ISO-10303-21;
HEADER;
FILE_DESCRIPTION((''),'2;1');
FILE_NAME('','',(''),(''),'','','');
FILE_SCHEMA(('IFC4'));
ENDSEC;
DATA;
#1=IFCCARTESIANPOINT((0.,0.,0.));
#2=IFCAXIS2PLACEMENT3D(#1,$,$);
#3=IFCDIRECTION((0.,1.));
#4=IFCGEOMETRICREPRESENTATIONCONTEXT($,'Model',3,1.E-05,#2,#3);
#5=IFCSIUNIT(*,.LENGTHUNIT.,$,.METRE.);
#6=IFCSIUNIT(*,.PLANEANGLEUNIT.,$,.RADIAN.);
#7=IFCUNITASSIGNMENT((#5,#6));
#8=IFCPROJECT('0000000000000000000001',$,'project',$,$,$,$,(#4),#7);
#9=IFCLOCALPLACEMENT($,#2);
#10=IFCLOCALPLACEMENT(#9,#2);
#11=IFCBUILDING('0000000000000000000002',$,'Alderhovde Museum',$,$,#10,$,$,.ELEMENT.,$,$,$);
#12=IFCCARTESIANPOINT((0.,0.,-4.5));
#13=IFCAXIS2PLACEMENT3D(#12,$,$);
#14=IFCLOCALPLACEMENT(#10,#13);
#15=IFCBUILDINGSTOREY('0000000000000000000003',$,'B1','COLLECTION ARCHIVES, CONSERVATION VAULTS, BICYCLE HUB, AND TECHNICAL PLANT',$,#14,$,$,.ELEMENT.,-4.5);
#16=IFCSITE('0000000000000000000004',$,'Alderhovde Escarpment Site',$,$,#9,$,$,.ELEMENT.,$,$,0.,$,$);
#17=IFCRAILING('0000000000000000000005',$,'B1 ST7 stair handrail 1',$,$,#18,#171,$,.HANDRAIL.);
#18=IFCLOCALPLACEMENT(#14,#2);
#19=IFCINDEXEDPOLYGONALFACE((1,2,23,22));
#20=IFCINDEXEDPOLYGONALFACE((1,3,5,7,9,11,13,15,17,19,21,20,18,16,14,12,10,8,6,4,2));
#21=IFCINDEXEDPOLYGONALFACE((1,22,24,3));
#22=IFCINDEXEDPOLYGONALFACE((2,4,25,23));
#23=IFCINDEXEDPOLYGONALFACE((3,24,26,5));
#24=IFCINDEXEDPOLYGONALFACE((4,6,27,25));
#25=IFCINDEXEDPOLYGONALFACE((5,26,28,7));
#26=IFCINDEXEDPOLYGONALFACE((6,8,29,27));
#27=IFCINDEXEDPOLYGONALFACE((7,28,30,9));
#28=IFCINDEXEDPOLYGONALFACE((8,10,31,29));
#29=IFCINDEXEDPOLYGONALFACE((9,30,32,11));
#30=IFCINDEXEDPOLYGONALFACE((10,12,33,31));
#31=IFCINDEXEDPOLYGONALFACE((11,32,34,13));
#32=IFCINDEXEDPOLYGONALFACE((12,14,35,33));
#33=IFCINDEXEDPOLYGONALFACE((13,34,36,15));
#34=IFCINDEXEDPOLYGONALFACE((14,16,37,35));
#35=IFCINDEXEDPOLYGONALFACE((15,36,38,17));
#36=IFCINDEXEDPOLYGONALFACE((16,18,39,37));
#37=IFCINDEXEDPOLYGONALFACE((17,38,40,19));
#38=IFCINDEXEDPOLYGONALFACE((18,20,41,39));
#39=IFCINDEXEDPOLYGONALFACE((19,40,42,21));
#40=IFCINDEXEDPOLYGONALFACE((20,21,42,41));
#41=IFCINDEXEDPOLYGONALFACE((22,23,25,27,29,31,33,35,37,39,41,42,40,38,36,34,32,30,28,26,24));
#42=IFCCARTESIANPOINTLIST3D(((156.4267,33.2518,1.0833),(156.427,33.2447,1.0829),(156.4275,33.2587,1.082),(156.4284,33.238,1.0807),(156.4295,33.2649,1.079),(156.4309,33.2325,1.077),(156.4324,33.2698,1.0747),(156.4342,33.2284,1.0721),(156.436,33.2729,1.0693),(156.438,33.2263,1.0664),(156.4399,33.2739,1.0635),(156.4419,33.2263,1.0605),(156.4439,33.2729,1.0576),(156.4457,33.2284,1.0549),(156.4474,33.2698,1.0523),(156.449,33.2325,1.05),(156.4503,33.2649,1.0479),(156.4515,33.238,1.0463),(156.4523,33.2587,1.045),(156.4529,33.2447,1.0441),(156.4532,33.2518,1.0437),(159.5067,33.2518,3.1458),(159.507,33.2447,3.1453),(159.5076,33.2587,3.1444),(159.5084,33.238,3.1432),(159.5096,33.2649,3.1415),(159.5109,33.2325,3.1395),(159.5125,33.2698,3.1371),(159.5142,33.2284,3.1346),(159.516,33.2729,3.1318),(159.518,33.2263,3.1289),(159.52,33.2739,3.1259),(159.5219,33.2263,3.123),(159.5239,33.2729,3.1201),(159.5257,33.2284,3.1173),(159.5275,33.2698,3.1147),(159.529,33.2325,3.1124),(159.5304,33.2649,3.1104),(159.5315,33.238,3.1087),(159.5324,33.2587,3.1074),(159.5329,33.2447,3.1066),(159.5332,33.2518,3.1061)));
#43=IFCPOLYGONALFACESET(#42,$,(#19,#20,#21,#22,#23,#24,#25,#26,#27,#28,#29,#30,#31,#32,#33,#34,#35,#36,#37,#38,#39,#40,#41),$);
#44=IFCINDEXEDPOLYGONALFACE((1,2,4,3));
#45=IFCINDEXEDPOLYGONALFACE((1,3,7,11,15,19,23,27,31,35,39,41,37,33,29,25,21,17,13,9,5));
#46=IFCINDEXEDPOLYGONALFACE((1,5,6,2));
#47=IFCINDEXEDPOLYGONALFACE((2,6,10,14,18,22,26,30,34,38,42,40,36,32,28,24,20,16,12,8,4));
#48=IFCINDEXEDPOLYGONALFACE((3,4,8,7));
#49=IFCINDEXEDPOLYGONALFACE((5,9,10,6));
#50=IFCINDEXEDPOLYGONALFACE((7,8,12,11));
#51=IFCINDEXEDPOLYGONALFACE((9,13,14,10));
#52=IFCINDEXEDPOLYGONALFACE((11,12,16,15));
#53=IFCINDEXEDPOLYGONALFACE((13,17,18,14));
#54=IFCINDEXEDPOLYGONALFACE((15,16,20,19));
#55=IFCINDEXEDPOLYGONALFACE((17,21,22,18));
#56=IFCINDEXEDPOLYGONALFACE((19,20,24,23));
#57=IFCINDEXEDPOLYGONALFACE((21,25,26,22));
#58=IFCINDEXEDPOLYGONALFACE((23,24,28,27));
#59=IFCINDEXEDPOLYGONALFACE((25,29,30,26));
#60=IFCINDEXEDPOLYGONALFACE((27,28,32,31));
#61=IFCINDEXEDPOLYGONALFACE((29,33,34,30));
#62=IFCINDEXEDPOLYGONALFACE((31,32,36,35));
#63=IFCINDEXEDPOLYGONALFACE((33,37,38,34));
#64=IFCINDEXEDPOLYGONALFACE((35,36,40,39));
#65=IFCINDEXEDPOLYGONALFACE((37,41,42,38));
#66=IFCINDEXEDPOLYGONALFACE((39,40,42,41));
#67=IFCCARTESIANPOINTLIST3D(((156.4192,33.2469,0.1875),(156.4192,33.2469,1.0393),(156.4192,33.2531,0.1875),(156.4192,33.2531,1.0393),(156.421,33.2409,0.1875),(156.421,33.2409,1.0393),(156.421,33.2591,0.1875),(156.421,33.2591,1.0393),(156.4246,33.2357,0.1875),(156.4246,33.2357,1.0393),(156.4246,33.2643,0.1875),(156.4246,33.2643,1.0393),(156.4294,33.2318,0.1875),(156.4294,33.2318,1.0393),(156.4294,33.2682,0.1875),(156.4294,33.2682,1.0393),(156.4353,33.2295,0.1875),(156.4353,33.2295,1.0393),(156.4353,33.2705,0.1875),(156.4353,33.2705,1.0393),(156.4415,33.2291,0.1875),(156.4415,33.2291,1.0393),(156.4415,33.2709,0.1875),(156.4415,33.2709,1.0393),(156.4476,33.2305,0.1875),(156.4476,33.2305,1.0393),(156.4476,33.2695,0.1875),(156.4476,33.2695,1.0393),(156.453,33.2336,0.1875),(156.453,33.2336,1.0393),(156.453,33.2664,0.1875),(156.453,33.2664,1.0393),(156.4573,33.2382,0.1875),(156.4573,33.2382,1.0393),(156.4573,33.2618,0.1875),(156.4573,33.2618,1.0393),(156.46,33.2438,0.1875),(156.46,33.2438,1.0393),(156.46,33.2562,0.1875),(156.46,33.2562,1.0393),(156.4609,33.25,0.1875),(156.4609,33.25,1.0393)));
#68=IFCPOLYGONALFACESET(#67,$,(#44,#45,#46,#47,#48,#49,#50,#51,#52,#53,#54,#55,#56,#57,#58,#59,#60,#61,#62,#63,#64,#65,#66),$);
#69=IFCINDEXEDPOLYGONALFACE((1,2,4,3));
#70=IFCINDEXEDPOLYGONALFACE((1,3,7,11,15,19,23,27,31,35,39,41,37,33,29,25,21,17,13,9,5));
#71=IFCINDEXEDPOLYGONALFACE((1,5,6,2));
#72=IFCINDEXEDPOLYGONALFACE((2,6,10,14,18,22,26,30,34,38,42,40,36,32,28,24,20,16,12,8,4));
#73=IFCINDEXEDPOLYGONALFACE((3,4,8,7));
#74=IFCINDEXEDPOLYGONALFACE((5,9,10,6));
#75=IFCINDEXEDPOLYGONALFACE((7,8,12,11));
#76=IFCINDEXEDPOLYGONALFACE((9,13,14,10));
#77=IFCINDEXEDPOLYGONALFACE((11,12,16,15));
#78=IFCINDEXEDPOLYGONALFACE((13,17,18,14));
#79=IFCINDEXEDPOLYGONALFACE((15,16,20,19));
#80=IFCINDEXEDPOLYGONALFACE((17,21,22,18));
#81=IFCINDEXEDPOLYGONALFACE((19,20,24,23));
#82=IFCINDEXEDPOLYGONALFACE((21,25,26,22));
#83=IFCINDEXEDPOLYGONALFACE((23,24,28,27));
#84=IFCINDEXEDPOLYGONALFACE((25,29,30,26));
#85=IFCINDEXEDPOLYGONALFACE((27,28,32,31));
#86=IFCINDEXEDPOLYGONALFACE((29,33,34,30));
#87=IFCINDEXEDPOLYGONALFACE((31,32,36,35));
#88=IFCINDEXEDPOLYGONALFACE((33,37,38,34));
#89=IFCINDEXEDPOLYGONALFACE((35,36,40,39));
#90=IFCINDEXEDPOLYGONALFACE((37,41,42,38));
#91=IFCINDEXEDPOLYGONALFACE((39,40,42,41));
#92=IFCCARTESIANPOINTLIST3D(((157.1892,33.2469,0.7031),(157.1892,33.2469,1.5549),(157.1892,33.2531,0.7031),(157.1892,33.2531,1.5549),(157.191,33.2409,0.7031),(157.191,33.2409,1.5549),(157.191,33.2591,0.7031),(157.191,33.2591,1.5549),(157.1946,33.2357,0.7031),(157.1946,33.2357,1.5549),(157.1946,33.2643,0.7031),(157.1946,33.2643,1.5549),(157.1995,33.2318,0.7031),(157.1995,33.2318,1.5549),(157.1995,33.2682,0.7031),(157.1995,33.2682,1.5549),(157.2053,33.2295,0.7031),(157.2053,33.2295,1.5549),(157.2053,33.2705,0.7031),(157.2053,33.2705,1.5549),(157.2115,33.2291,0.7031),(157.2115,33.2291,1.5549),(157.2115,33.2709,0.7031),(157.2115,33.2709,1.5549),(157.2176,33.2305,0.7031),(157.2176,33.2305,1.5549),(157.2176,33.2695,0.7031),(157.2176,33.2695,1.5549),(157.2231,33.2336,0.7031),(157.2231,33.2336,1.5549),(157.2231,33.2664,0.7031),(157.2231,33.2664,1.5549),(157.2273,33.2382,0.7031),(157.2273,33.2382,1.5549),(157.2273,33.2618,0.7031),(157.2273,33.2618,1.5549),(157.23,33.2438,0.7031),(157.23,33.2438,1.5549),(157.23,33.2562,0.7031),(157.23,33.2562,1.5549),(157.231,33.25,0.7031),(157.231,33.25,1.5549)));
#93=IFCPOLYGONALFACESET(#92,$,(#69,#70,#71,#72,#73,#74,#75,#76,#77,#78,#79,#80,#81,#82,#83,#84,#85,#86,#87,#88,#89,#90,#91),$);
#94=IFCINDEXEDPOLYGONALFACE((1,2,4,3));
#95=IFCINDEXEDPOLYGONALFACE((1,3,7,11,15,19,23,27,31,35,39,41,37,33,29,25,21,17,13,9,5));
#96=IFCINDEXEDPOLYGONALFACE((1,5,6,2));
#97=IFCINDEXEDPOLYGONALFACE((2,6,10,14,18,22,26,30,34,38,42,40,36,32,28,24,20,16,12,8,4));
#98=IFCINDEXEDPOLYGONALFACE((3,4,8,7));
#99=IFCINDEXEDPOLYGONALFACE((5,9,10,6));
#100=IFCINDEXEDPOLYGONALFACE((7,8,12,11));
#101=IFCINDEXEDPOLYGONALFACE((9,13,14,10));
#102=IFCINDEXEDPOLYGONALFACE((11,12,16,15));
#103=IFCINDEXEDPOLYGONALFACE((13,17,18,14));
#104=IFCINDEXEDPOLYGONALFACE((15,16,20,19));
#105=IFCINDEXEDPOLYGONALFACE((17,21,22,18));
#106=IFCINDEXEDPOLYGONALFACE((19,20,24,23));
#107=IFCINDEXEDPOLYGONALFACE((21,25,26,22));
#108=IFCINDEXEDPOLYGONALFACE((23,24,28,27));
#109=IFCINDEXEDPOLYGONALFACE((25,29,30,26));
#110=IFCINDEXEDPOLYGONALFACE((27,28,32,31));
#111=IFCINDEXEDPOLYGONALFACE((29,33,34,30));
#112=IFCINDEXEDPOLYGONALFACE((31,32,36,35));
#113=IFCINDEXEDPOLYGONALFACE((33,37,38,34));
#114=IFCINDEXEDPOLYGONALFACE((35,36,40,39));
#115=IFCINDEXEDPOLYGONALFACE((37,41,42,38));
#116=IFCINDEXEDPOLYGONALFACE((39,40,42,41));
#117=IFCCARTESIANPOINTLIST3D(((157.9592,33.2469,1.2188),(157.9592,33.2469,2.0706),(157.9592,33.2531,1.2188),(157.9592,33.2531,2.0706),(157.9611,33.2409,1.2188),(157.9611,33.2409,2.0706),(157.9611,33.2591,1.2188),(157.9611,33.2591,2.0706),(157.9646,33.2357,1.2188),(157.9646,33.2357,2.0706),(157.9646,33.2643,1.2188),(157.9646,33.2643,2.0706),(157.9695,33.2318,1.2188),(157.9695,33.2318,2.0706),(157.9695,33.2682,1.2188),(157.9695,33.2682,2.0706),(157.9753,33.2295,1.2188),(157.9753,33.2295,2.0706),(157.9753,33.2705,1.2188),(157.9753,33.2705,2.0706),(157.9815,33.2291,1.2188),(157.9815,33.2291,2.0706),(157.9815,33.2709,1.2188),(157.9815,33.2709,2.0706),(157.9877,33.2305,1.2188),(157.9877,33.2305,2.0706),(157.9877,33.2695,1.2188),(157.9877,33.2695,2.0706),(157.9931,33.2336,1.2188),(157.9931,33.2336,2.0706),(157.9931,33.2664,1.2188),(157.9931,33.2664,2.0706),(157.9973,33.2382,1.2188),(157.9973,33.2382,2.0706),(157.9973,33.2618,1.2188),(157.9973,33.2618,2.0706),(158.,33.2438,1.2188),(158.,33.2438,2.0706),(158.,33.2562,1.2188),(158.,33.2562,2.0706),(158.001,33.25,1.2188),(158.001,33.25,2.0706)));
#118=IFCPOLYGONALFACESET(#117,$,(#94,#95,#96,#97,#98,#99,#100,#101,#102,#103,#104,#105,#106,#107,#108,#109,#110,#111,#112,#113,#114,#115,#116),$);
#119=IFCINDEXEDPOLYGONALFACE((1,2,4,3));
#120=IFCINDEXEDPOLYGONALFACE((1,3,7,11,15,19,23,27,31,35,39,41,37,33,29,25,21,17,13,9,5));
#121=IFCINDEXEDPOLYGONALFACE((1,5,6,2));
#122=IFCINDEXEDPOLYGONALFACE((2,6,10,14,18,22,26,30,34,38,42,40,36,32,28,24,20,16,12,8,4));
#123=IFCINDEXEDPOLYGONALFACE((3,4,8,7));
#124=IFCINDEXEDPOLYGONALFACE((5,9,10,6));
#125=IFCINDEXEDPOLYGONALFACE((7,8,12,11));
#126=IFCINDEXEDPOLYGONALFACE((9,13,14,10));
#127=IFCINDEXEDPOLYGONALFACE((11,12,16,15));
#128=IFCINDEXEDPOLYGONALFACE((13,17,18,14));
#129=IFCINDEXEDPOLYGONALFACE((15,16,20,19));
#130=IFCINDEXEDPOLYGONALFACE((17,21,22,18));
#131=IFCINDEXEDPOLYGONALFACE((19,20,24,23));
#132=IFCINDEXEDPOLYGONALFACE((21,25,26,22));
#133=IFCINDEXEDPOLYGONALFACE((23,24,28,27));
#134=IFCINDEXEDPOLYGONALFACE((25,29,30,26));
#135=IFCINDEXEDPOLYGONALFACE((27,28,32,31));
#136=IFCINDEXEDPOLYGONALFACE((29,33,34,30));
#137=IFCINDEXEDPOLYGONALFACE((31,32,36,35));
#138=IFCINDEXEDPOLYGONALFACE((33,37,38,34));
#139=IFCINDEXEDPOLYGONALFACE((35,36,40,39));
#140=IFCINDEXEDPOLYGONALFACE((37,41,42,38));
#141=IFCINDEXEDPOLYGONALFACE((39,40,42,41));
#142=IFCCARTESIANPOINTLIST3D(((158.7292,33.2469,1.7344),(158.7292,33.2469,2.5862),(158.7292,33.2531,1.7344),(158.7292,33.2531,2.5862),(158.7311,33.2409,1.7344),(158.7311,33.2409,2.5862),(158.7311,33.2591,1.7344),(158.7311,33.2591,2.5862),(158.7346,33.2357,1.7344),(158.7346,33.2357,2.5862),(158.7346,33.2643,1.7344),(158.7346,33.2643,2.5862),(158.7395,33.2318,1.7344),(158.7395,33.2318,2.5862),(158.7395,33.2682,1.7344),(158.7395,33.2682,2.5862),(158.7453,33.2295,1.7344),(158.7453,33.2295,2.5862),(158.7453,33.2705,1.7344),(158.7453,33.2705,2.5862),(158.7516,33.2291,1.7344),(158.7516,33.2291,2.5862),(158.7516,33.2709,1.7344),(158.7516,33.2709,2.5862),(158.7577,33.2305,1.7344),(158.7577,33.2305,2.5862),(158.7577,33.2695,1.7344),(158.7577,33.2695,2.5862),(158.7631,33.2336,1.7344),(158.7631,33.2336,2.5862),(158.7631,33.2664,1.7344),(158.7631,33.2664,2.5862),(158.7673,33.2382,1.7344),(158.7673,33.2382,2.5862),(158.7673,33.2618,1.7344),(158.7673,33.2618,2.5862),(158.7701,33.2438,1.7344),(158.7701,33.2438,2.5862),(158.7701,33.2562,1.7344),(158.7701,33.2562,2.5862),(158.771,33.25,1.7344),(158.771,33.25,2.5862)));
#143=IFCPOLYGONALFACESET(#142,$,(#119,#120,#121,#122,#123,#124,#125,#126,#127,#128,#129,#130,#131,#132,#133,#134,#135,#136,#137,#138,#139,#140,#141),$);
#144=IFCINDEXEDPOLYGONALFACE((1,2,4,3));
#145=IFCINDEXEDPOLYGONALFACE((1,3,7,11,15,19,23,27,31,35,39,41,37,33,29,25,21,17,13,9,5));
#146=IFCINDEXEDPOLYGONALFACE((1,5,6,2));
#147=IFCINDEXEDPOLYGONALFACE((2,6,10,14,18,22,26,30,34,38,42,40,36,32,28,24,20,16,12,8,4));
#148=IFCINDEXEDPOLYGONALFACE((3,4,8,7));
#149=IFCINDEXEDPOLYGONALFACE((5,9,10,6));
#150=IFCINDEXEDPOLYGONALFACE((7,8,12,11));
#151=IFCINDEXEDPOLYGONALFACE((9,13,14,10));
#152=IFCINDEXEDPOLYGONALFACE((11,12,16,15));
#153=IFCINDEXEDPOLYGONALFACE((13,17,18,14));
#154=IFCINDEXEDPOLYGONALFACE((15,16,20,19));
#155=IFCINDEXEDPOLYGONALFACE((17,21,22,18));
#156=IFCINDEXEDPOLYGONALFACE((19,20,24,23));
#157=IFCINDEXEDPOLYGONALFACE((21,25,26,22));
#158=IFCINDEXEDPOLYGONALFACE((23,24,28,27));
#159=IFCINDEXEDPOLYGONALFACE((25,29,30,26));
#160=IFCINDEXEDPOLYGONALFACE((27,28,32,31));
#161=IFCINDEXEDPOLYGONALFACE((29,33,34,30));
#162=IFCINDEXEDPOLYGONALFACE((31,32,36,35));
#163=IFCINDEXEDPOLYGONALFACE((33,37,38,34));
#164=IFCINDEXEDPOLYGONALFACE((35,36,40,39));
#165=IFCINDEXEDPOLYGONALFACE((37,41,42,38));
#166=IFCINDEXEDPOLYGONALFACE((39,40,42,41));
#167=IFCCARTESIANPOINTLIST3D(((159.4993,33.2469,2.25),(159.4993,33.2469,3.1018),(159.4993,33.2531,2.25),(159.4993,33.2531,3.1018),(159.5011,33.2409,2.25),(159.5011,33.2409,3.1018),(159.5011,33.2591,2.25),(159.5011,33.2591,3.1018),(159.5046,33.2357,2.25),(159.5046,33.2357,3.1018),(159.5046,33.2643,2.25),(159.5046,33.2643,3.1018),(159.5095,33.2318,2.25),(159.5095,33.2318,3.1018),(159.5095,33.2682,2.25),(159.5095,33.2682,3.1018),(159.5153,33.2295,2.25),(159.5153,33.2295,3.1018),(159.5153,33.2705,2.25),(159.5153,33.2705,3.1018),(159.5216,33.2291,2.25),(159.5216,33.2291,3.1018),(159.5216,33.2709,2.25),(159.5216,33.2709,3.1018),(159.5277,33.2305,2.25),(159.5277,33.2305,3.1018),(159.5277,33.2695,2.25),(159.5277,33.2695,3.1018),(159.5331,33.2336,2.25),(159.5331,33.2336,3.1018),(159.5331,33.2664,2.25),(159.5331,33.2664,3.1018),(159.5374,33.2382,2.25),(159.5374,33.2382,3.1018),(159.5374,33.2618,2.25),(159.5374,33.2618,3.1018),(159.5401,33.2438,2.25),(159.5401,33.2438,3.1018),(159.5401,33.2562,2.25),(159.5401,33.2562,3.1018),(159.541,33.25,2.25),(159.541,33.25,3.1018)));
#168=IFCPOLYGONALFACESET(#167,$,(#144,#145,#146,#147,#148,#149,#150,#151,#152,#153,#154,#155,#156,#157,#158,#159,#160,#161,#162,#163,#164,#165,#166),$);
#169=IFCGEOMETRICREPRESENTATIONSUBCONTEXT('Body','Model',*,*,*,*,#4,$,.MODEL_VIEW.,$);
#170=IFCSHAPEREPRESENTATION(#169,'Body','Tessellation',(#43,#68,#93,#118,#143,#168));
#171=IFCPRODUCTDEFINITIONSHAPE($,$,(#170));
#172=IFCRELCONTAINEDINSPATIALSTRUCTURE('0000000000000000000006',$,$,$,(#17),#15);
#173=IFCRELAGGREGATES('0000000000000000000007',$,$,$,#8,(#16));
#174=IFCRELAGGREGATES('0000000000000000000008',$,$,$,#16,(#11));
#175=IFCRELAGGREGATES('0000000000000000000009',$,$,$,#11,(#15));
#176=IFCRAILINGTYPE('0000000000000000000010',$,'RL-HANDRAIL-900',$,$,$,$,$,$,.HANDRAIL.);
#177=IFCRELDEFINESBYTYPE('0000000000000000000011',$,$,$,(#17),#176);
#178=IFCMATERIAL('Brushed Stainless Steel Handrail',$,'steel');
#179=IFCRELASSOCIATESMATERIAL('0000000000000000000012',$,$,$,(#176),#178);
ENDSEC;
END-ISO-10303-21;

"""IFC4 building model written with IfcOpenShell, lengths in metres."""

from ifc_helpers import new_model, si_unit, direction, frame, origin, origin_2d, place, context, subcontext, project, spatial, circle, extrude, material, type_object, element, save


model = new_model("IFC4")

# Units and contexts
model_context = context("Model", 3, precision=1e-05, world=origin(), true_north=direction((0.0, 1.0)))
body_context = subcontext(model_context, "Body", "Model", "MODEL_VIEW")
ifc_project = project(units=[si_unit("LENGTHUNIT", "METRE"), si_unit("PLANEANGLEUNIT", "RADIAN")], contexts=[model_context])

# Site, building, storey
site_placement = place(None, origin())
site = spatial("IfcSite", under=ifc_project, at=site_placement, Name="Alderhovde Escarpment Site", CompositionType="ELEMENT", RefElevation=0.0)
building_placement = place(site_placement, origin())
building = spatial("IfcBuilding", under=site, at=building_placement, Name="Alderhovde Museum", CompositionType="ELEMENT")
storey_placement = place(building_placement, frame((0.0, 0.0, -4.5)))
storey = spatial("IfcBuildingStorey", under=building, at=storey_placement, Name="B1", Description="COLLECTION ARCHIVES, CONSERVATION VAULTS, BICYCLE HUB, AND TECHNICAL PLANT", CompositionType="ELEMENT", Elevation=-4.5)

# Railing
ifc_material_1 = material(Name="Brushed Stainless Steel Handrail", Category="steel")
railing_type_1 = type_object("IfcRailingType", Name="RL-HANDRAIL-900", PredefinedType="HANDRAIL", material=ifc_material_1)
railing_1_placement = place(storey_placement, frame((156.4399, 33.25, 0.1875)))
element("IfcRailing", 1, at=railing_1_placement, inside=storey, type_object=railing_type_1, Name="B1 ST7 stair handrail 1", PredefinedType="HANDRAIL", context=body_context, shape_type="SweptSolid", body=[
    extrude(circle(Radius=0.0239, at=origin_2d()), frame((0.0, 0.0, 0.876), z_axis=(0.830914, 0.0, 0.556401), x_axis=(0.0, 1.0, 0.0)), (0.0, 0.0, 1.0), 3.7068),
    extrude(circle(Radius=0.021, at=origin_2d()), origin(), (0.0, 0.0, 1.0), 0.8518),
    extrude(circle(Radius=0.021, at=origin_2d()), frame((0.77, 0.0, 0.5156)), (0.0, 0.0, 1.0), 0.8518),
    extrude(circle(Radius=0.021, at=origin_2d()), frame((1.54, 0.0, 1.0312)), (0.0, 0.0, 1.0), 0.8518),
    extrude(circle(Radius=0.021, at=origin_2d()), frame((2.3101, 0.0, 1.5469)), (0.0, 0.0, 1.0), 0.8518),
    extrude(circle(Radius=0.021, at=origin_2d()), frame((3.0801, 0.0, 2.0625)), (0.0, 0.0, 1.0), 0.8518),
])

save(model, "model.ifc")
